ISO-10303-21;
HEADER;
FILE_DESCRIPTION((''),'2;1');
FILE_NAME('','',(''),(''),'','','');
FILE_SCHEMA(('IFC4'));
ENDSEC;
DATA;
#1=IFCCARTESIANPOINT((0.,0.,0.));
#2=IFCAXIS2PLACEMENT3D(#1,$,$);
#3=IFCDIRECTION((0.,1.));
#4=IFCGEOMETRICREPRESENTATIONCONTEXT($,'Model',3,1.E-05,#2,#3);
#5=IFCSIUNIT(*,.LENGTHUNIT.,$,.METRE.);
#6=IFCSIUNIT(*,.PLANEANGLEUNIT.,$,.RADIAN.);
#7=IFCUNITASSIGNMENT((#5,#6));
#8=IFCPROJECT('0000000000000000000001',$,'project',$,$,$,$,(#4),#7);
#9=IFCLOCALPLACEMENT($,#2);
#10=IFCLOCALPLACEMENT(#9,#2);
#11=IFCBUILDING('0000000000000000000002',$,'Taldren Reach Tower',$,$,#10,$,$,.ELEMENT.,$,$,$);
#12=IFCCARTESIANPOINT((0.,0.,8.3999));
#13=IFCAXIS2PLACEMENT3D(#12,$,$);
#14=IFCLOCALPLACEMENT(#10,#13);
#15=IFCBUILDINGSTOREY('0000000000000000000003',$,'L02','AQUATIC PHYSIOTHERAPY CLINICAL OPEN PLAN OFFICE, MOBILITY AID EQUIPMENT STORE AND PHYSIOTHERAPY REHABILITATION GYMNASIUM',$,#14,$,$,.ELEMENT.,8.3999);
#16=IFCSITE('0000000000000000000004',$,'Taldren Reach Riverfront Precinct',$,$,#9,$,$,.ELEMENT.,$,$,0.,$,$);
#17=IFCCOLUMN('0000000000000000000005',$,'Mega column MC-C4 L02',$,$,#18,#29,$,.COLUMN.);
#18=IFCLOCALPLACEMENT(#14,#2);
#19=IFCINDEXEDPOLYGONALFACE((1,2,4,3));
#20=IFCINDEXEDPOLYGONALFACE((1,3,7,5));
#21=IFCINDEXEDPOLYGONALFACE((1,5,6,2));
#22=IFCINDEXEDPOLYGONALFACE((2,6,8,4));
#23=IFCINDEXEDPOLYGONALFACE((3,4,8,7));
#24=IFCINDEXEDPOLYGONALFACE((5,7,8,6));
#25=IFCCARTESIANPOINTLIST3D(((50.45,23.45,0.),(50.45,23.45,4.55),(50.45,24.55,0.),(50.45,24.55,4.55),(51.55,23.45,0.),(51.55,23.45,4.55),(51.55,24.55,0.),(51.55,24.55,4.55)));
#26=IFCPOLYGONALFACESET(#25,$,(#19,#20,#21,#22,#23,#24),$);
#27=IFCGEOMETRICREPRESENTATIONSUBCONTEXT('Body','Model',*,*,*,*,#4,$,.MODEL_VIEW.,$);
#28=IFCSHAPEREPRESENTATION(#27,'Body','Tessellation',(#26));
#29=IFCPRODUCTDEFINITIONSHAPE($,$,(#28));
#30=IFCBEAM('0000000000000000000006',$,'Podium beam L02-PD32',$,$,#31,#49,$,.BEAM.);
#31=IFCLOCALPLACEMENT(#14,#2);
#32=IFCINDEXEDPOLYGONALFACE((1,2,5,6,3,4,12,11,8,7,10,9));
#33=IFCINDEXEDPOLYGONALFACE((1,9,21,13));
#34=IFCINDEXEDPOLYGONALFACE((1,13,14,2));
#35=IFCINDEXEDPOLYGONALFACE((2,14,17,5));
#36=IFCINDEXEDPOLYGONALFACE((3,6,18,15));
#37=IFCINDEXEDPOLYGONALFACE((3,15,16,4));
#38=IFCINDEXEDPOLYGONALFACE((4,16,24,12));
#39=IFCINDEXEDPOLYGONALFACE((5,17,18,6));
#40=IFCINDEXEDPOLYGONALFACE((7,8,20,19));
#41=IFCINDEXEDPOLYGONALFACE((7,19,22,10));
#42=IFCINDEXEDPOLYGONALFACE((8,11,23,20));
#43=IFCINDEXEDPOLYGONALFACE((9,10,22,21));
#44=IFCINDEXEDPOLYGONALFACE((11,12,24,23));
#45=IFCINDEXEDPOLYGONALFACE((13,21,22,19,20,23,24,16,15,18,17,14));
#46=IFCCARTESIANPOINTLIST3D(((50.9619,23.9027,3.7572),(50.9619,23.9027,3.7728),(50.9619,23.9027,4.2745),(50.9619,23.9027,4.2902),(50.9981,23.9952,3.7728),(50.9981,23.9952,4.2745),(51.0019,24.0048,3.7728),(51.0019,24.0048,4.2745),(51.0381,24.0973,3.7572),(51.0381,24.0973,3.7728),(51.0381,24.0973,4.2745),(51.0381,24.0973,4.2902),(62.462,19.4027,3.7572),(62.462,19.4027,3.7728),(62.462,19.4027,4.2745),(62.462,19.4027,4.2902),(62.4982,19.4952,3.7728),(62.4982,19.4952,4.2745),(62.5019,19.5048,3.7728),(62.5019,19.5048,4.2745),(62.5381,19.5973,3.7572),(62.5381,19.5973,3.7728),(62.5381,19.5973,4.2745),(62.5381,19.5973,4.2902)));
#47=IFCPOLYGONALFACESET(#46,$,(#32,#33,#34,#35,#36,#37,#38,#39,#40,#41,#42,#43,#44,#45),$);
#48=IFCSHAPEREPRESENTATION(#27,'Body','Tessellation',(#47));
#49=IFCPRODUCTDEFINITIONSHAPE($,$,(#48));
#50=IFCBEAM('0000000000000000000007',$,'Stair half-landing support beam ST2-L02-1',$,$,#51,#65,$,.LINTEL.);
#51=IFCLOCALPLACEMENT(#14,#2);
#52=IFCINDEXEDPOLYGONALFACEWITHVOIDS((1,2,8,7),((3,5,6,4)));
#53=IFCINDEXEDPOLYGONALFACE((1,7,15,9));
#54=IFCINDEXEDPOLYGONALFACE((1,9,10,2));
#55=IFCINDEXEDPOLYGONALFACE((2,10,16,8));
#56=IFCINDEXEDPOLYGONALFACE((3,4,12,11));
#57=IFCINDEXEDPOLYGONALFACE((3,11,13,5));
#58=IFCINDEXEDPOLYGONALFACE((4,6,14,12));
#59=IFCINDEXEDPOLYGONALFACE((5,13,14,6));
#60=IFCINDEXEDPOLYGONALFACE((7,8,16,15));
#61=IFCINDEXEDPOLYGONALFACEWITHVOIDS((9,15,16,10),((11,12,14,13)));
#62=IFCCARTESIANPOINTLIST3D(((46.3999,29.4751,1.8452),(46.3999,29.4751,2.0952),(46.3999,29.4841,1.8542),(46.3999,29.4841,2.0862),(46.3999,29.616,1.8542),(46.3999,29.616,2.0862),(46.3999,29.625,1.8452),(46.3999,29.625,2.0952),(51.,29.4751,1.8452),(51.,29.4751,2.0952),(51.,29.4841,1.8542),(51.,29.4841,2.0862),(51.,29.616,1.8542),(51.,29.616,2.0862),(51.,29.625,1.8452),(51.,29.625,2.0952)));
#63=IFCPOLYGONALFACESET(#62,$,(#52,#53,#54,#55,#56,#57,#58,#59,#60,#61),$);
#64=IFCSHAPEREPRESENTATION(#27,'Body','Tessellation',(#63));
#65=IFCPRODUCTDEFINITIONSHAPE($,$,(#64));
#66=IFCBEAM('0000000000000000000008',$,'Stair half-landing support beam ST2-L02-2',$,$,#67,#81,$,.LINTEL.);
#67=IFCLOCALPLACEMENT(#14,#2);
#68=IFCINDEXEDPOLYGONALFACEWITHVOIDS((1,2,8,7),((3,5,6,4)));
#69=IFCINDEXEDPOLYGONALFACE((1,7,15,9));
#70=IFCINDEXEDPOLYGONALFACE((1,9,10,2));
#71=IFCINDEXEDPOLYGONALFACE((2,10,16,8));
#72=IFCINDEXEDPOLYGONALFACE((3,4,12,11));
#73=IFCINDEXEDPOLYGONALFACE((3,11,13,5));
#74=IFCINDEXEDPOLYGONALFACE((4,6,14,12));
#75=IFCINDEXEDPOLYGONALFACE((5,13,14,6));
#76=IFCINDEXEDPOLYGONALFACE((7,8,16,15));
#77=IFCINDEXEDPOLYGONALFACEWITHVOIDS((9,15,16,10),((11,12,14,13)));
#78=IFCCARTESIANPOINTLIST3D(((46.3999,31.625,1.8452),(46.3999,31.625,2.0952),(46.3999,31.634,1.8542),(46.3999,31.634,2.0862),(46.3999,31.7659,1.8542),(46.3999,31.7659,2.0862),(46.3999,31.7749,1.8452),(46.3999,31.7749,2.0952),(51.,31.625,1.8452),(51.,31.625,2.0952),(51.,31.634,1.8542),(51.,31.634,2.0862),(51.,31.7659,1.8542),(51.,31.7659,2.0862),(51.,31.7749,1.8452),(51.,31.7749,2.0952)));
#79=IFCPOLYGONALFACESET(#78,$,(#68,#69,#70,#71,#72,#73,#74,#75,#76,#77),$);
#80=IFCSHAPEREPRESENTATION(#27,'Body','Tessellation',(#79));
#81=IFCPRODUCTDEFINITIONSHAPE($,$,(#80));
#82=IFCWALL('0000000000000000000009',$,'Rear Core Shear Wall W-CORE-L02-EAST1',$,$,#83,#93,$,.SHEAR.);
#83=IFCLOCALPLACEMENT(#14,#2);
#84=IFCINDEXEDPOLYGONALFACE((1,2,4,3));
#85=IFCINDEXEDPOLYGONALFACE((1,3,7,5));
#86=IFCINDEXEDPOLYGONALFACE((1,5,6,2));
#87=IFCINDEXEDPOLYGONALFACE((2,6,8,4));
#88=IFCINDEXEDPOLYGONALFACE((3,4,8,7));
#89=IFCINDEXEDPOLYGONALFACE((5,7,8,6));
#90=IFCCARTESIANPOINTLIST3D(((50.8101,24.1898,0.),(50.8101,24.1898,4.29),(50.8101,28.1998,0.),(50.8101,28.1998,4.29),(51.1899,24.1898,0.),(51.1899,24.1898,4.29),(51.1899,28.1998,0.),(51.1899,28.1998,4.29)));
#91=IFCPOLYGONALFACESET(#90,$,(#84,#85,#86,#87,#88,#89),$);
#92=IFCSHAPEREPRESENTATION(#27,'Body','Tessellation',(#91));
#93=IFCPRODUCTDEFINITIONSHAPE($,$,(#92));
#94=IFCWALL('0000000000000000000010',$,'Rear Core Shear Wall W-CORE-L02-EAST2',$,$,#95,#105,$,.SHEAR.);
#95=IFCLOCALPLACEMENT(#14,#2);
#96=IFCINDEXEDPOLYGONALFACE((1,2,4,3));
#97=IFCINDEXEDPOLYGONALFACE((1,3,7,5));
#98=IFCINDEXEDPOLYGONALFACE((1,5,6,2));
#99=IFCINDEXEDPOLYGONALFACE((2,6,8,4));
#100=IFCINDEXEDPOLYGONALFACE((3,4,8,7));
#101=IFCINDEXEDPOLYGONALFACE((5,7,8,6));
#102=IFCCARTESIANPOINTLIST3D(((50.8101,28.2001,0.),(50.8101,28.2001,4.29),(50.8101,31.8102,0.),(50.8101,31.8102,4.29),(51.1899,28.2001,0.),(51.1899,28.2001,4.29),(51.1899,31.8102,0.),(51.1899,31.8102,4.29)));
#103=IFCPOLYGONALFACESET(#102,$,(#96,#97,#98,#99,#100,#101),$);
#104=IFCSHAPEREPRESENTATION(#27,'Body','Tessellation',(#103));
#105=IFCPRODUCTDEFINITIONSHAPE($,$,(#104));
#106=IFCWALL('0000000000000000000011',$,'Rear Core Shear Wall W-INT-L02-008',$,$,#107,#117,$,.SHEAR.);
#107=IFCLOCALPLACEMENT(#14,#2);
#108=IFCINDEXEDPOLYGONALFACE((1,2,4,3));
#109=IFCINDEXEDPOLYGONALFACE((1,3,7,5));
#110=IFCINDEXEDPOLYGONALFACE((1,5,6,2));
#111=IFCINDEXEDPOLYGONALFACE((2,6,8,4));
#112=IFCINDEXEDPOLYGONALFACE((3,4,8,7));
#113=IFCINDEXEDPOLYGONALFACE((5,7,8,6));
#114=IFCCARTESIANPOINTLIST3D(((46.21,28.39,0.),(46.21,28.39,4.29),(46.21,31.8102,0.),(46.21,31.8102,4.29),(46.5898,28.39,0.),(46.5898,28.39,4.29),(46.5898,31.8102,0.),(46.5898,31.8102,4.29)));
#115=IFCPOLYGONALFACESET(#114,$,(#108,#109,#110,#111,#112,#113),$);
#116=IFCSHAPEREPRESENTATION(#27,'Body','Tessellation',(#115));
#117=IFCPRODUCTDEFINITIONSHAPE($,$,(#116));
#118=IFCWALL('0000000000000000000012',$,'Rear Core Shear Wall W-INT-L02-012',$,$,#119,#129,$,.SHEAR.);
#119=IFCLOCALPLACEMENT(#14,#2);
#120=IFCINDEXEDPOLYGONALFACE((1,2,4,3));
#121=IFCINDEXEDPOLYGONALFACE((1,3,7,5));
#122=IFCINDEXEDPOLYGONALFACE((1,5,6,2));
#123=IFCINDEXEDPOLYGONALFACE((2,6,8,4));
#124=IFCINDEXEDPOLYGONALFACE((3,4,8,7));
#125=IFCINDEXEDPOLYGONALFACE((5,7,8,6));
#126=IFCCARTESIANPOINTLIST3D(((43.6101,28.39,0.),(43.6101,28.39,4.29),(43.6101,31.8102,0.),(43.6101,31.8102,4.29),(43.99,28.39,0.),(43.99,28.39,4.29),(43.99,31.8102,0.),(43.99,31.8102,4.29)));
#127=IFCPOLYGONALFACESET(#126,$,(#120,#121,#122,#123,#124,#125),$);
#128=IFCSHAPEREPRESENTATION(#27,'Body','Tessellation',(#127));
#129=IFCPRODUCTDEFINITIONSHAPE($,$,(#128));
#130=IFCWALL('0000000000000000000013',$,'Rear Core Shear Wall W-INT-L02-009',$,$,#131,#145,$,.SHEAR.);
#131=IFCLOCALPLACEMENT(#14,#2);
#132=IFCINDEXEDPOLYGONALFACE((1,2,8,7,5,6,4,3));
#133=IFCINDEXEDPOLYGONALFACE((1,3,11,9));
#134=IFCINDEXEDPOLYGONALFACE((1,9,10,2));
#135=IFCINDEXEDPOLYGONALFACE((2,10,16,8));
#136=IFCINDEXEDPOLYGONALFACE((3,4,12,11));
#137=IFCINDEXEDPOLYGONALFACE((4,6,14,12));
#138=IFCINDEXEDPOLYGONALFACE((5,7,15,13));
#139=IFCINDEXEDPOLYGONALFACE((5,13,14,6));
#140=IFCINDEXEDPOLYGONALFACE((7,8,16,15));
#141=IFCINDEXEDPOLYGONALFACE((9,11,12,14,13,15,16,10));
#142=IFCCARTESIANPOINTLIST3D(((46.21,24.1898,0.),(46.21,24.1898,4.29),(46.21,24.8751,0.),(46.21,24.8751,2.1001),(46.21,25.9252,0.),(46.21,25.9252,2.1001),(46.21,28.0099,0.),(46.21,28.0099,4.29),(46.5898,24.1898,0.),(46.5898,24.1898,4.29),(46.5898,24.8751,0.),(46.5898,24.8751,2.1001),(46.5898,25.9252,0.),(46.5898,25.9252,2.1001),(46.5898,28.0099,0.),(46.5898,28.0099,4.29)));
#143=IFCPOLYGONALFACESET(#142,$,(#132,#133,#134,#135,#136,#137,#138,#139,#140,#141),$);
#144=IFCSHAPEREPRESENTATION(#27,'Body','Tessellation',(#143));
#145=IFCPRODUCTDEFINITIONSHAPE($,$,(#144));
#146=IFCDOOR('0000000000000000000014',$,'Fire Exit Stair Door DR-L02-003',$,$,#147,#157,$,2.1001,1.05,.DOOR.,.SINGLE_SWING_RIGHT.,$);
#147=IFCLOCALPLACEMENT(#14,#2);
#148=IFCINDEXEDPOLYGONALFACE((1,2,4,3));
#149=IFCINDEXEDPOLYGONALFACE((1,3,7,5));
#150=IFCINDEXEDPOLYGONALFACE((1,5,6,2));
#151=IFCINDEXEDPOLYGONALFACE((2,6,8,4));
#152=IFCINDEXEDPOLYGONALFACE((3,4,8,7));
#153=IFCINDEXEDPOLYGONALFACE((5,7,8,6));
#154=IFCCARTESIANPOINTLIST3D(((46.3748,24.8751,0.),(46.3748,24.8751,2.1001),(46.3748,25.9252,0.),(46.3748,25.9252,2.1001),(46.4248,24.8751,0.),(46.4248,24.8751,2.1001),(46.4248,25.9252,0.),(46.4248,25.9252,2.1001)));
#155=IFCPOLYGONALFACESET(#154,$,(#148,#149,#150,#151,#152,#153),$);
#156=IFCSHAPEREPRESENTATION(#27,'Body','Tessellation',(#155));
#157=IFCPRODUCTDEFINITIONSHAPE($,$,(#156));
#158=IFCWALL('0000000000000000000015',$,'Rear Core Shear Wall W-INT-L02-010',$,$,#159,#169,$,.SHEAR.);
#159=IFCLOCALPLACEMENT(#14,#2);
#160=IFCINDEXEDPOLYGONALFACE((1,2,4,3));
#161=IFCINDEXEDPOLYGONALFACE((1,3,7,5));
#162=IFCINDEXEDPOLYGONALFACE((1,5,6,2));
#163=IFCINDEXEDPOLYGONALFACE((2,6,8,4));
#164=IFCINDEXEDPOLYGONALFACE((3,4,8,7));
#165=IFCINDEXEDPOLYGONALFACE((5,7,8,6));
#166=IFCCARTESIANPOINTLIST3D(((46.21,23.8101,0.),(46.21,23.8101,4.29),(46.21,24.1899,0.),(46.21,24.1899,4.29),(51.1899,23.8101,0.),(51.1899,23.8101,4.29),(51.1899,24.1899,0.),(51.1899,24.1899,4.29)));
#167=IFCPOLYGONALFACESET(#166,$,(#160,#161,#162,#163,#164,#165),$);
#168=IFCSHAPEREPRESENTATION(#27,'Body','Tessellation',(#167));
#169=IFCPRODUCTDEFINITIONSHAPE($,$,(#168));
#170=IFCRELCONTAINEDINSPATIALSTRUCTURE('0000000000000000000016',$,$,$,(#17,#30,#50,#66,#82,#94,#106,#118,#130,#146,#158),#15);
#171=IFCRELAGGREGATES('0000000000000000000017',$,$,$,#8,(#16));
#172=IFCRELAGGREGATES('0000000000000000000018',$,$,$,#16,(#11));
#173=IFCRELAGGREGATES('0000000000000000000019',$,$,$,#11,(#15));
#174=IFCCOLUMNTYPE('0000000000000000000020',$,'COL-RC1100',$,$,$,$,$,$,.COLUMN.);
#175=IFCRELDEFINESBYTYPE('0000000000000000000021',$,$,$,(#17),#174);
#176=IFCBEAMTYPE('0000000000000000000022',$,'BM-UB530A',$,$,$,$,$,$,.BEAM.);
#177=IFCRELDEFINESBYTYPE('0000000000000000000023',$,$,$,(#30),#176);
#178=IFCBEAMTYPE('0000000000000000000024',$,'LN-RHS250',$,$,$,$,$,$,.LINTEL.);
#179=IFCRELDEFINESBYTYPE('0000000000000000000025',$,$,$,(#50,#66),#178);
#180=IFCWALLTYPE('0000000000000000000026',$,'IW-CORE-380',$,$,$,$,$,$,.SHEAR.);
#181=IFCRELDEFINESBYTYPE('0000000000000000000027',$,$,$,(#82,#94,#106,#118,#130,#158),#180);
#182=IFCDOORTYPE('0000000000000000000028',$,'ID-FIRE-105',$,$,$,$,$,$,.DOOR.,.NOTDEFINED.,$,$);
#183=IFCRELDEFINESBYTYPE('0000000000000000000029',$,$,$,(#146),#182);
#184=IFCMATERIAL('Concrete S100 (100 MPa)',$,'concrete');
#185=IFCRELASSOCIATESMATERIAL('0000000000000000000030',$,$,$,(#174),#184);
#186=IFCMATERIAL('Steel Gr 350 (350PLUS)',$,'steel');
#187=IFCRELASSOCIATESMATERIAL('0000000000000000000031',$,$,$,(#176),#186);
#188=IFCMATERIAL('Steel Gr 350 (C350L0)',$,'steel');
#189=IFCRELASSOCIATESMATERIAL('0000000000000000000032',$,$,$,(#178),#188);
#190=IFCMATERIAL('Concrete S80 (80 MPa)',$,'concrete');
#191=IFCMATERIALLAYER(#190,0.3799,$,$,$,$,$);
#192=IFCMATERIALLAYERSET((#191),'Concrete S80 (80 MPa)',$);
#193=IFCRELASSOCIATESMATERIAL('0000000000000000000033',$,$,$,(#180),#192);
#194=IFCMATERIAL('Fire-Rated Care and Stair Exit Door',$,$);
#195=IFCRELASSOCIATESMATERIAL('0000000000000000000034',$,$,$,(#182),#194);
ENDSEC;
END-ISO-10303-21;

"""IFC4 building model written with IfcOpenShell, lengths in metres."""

from ifc_helpers import new_model, si_unit, direction, frame, frame_2d, origin, origin_2d, place, context, subcontext, project, spatial, rectangle, hollow_rectangle, i_section, extrude, source, transform, mapped, material, layer, layer_set, material_profile, profile_set, type_object, element, fill, save


model = new_model("IFC4")

# Units and contexts
model_context = context("Model", 3, precision=1e-05, world=origin(), true_north=direction((0.0, 1.0)))
body_context = subcontext(model_context, "Body", "Model", "MODEL_VIEW")
ifc_project = project(units=[si_unit("LENGTHUNIT", "METRE"), si_unit("PLANEANGLEUNIT", "RADIAN")], contexts=[model_context])

# Site, building, storey
site_placement = place(None, origin())
site = spatial("IfcSite", under=ifc_project, at=site_placement, Name="Taldren Reach Riverfront Precinct", CompositionType="ELEMENT", RefElevation=0.0)
building_placement = place(site_placement, origin())
building = spatial("IfcBuilding", under=site, at=building_placement, Name="Taldren Reach Tower", CompositionType="ELEMENT")
storey_placement = place(building_placement, frame((0.0, 0.0, 8.3999)))
storey = spatial("IfcBuildingStorey", under=building, at=storey_placement, Name="L02", Description="AQUATIC PHYSIOTHERAPY CLINICAL OPEN PLAN OFFICE, MOBILITY AID EQUIPMENT STORE AND PHYSIOTHERAPY REHABILITATION GYMNASIUM", CompositionType="ELEMENT", Elevation=8.3999)

# Column
ifc_material_1 = material(Name="Concrete S100 (100 MPa)", Category="concrete")
ifc_material_profile_1 = material_profile(ifc_material_1, rectangle(XDim=1.1001, YDim=1.1001, at=origin_2d()), Name="RC-1100x1100")
ifc_profile_set_1 = profile_set([ifc_material_profile_1], Name="Concrete S100 (100 MPa)")
column_type = type_object("IfcColumnType", Name="COL-RC1100", PredefinedType="COLUMN", material=ifc_profile_set_1)
shared_shape_1 = source(origin(), body_context, "Body", "SweptSolid", [
    extrude(rectangle(XDim=1.1001, YDim=1.1001, at=origin_2d()), origin(), (0.0, 0.0, 1.0), 4.55),
])
column_placement = place(storey_placement, frame((51.0, 24.0, 0.0), z_axis=(0.0, 0.0, 1.0), x_axis=(1.0, 0.0, 0.0)))
element("IfcColumn", 1, at=column_placement, inside=storey, type_object=column_type, Name="Mega column MC-C4 L02", PredefinedType="COLUMN", context=body_context, shape_type="MappedRepresentation", body=[
    mapped(shared_shape_1, transform((0.0, 0.0, 0.0), scale=1.0)),
])

# Beams
ifc_material_2 = material(Name="Steel Gr 350 (350PLUS)", Category="steel")
ifc_material_profile_2 = material_profile(ifc_material_2, i_section(OverallWidth=0.209, OverallDepth=0.533, WebThickness=0.0103, FlangeThickness=0.0156, at=origin_2d()), Name="530UB92.4")
ifc_profile_set_2 = profile_set([ifc_material_profile_2], Name="Steel Gr 350 (350PLUS)")
beam_type_1 = type_object("IfcBeamType", Name="BM-UB530A", PredefinedType="BEAM", material=ifc_profile_set_2)
shared_shape_2 = source(origin(), body_context, "Body", "SweptSolid", [
    extrude(i_section(OverallWidth=0.209, OverallDepth=0.533, WebThickness=0.0103, FlangeThickness=0.0156, at=origin_2d()), origin(), (0.0, 0.0, 1.0), 12.3491),
])
beam_placement = place(storey_placement, frame((51.0, 24.0, 4.0237), z_axis=(0.931243, -0.364399, 0.0), x_axis=(0.364399, 0.931243, 0.0)))
element("IfcBeam", 2, at=beam_placement, inside=storey, type_object=beam_type_1, Name="Podium beam L02-PD32", PredefinedType="BEAM", context=body_context, shape_type="MappedRepresentation", body=[
    mapped(shared_shape_2, transform((0.0, 0.0, 0.0), scale=1.0)),
])
ifc_material_3 = material(Name="Steel Gr 350 (C350L0)", Category="steel")
ifc_material_profile_3 = material_profile(ifc_material_3, hollow_rectangle(XDim=0.1499, YDim=0.25, WallThickness=0.009, at=origin_2d()), Name="250x150x9.0RHS")
ifc_profile_set_3 = profile_set([ifc_material_profile_3], Name="Steel Gr 350 (C350L0)")
beam_type_2 = type_object("IfcBeamType", Name="LN-RHS250", PredefinedType="LINTEL", material=ifc_profile_set_3)
shared_shape_3 = source(origin(), body_context, "Body", "SweptSolid", [
    extrude(hollow_rectangle(XDim=0.1499, YDim=0.25, WallThickness=0.009, at=origin_2d()), origin(), (0.0, 0.0, 1.0), 4.6001),
])
for number, where, z_axis, x_axis, name in (
    (3, (46.3999, 29.55, 1.9702), (1.0, 0.0, 0.0), (0.0, 1.0, 0.0), "Stair half-landing support beam ST2-L02-1"),
    (4, (46.3999, 31.7, 1.9702), (1.0, 0.0, 0.0), (0.0, 1.0, 0.0), "Stair half-landing support beam ST2-L02-2"),
):
    element("IfcBeam", number, at=place(storey_placement, frame(where, z_axis=z_axis, x_axis=x_axis)), inside=storey, type_object=beam_type_2, Name=name, PredefinedType="LINTEL", context=body_context, shape_type="MappedRepresentation", body=[
        mapped(shared_shape_3, transform((0.0, 0.0, 0.0), scale=1.0)),
    ])

# Walls
ifc_material_4 = material(Name="Concrete S80 (80 MPa)", Category="concrete")
ifc_layer_1 = layer(ifc_material_4, 0.3799)
ifc_layer_set_1 = layer_set([ifc_layer_1], Name="Concrete S80 (80 MPa)")
wall_type = type_object("IfcWallType", Name="IW-CORE-380", PredefinedType="SHEAR", material=ifc_layer_set_1)
shared_shape_4 = source(origin(), body_context, "Body", "SweptSolid", [
    extrude(rectangle(XDim=4.01, YDim=0.3799, at=frame_2d((2.0049, 0.0))), origin(), (0.0, 0.0, 1.0), 4.29),
])
wall_1_placement = place(storey_placement, frame((51.0, 24.1899, 0.0), z_axis=(0.0, 0.0, 1.0), x_axis=(0.0, 1.0, 0.0)))
element("IfcWall", 5, at=wall_1_placement, inside=storey, type_object=wall_type, Name="Rear Core Shear Wall W-CORE-L02-EAST1", PredefinedType="SHEAR", context=body_context, shape_type="MappedRepresentation", body=[
    mapped(shared_shape_4, transform((0.0, 0.0, 0.0), scale=1.0)),
])
shared_shape_5 = source(origin(), body_context, "Body", "SweptSolid", [
    extrude(rectangle(XDim=3.6101, YDim=0.3799, at=frame_2d((1.8052, 0.0))), origin(), (0.0, 0.0, 1.0), 4.29),
])
wall_2_placement = place(storey_placement, frame((51.0, 28.2, 0.0), z_axis=(0.0, 0.0, 1.0), x_axis=(0.0, 1.0, 0.0)))
element("IfcWall", 6, at=wall_2_placement, inside=storey, type_object=wall_type, Name="Rear Core Shear Wall W-CORE-L02-EAST2", PredefinedType="SHEAR", context=body_context, shape_type="MappedRepresentation", body=[
    mapped(shared_shape_5, transform((0.0, 0.0, 0.0), scale=1.0)),
])
shared_shape_6 = source(origin(), body_context, "Body", "SweptSolid", [
    extrude(rectangle(XDim=3.4202, YDim=0.3799, at=frame_2d((1.71, 0.0))), origin(), (0.0, 0.0, 1.0), 4.29),
])
for number, where, z_axis, x_axis, name in (
    (7, (46.3999, 31.8101, 0.0), (0.0, 0.0, 1.0), (0.0, -1.0, 0.0), "Rear Core Shear Wall W-INT-L02-008"),
    (8, (43.8, 31.8101, 0.0), (0.0, 0.0, 1.0), (0.0, -1.0, 0.0), "Rear Core Shear Wall W-INT-L02-012"),
):
    element("IfcWall", number, at=place(storey_placement, frame(where, z_axis=z_axis, x_axis=x_axis)), inside=storey, type_object=wall_type, Name=name, PredefinedType="SHEAR", context=body_context, shape_type="MappedRepresentation", body=[
        mapped(shared_shape_6, transform((0.0, 0.0, 0.0), scale=1.0)),
    ])

# Wall, opening, door
shared_shape_7 = source(origin(), body_context, "Body", "SweptSolid", [
    extrude(rectangle(XDim=3.8201, YDim=0.3799, at=frame_2d((1.9102, 0.0))), origin(), (0.0, 0.0, 1.0), 4.29),
])
wall_3_placement = place(storey_placement, frame((46.3999, 28.01, 0.0), z_axis=(0.0, 0.0, 1.0), x_axis=(0.0, -1.0, 0.0)))
wall_3 = element("IfcWall", 9, at=wall_3_placement, inside=storey, type_object=wall_type, Name="Rear Core Shear Wall W-INT-L02-009", PredefinedType="SHEAR", context=body_context, shape_type="MappedRepresentation", body=[
    mapped(shared_shape_7, transform((0.0, 0.0, 0.0), scale=1.0)),
])
shared_shape_8 = source(origin(), body_context, "Body", "SweptSolid", [
    extrude(rectangle(XDim=1.05, YDim=2.1001, at=frame_2d((0.5249, 1.05))), frame((0.0, 0.2, 0.0), z_axis=(0.0, -1.0, 0.0), x_axis=(1.0, 0.0, 0.0)), (0.0, 0.0, 1.0), 0.3999),
])
opening_placement = place(wall_3_placement, frame((2.085, 0.0, 0.0)))
opening = element("IfcOpeningElement", 10, at=opening_placement, cuts=wall_3, PredefinedType="OPENING", context=body_context, shape_type="MappedRepresentation", body=[
    mapped(shared_shape_8, transform((0.0, 0.0, 0.0), scale=1.0)),
])
ifc_material_5 = material(Name="Fire-Rated Care and Stair Exit Door")
door_type = type_object("IfcDoorType", Name="ID-FIRE-105", OperationType="NOTDEFINED", PredefinedType="DOOR", material=ifc_material_5)
shared_shape_9 = source(origin(), body_context, "Body", "SweptSolid", [
    extrude(rectangle(XDim=1.05, YDim=2.1001, at=frame_2d((0.5249, 1.05))), frame((0.0, 0.0249, 0.0), z_axis=(0.0, -1.0, 0.0), x_axis=(1.0, 0.0, 0.0)), (0.0, 0.0, 1.0), 0.05),
])
door_placement = place(opening_placement, origin())
door = element("IfcDoor", 11, at=door_placement, inside=storey, type_object=door_type, Name="Fire Exit Stair Door DR-L02-003", OperationType="SINGLE_SWING_RIGHT", OverallHeight=2.1001, OverallWidth=1.05, PredefinedType="DOOR", context=body_context, shape_type="MappedRepresentation", body=[
    mapped(shared_shape_9, transform((0.0, 0.0, 0.0), scale=1.0)),
])
fill(opening, door)

# Wall
shared_shape_10 = source(origin(), body_context, "Body", "SweptSolid", [
    extrude(rectangle(XDim=4.98, YDim=0.3799, at=frame_2d((2.49, 0.0))), origin(), (0.0, 0.0, 1.0), 4.29),
])
wall_4_placement = place(storey_placement, frame((46.21, 24.0, 0.0), z_axis=(0.0, 0.0, 1.0), x_axis=(1.0, 0.0, 0.0)))
element("IfcWall", 12, at=wall_4_placement, inside=storey, type_object=wall_type, Name="Rear Core Shear Wall W-INT-L02-010", PredefinedType="SHEAR", context=body_context, shape_type="MappedRepresentation", body=[
    mapped(shared_shape_10, transform((0.0, 0.0, 0.0), scale=1.0)),
])

save(model, "model.ifc")
